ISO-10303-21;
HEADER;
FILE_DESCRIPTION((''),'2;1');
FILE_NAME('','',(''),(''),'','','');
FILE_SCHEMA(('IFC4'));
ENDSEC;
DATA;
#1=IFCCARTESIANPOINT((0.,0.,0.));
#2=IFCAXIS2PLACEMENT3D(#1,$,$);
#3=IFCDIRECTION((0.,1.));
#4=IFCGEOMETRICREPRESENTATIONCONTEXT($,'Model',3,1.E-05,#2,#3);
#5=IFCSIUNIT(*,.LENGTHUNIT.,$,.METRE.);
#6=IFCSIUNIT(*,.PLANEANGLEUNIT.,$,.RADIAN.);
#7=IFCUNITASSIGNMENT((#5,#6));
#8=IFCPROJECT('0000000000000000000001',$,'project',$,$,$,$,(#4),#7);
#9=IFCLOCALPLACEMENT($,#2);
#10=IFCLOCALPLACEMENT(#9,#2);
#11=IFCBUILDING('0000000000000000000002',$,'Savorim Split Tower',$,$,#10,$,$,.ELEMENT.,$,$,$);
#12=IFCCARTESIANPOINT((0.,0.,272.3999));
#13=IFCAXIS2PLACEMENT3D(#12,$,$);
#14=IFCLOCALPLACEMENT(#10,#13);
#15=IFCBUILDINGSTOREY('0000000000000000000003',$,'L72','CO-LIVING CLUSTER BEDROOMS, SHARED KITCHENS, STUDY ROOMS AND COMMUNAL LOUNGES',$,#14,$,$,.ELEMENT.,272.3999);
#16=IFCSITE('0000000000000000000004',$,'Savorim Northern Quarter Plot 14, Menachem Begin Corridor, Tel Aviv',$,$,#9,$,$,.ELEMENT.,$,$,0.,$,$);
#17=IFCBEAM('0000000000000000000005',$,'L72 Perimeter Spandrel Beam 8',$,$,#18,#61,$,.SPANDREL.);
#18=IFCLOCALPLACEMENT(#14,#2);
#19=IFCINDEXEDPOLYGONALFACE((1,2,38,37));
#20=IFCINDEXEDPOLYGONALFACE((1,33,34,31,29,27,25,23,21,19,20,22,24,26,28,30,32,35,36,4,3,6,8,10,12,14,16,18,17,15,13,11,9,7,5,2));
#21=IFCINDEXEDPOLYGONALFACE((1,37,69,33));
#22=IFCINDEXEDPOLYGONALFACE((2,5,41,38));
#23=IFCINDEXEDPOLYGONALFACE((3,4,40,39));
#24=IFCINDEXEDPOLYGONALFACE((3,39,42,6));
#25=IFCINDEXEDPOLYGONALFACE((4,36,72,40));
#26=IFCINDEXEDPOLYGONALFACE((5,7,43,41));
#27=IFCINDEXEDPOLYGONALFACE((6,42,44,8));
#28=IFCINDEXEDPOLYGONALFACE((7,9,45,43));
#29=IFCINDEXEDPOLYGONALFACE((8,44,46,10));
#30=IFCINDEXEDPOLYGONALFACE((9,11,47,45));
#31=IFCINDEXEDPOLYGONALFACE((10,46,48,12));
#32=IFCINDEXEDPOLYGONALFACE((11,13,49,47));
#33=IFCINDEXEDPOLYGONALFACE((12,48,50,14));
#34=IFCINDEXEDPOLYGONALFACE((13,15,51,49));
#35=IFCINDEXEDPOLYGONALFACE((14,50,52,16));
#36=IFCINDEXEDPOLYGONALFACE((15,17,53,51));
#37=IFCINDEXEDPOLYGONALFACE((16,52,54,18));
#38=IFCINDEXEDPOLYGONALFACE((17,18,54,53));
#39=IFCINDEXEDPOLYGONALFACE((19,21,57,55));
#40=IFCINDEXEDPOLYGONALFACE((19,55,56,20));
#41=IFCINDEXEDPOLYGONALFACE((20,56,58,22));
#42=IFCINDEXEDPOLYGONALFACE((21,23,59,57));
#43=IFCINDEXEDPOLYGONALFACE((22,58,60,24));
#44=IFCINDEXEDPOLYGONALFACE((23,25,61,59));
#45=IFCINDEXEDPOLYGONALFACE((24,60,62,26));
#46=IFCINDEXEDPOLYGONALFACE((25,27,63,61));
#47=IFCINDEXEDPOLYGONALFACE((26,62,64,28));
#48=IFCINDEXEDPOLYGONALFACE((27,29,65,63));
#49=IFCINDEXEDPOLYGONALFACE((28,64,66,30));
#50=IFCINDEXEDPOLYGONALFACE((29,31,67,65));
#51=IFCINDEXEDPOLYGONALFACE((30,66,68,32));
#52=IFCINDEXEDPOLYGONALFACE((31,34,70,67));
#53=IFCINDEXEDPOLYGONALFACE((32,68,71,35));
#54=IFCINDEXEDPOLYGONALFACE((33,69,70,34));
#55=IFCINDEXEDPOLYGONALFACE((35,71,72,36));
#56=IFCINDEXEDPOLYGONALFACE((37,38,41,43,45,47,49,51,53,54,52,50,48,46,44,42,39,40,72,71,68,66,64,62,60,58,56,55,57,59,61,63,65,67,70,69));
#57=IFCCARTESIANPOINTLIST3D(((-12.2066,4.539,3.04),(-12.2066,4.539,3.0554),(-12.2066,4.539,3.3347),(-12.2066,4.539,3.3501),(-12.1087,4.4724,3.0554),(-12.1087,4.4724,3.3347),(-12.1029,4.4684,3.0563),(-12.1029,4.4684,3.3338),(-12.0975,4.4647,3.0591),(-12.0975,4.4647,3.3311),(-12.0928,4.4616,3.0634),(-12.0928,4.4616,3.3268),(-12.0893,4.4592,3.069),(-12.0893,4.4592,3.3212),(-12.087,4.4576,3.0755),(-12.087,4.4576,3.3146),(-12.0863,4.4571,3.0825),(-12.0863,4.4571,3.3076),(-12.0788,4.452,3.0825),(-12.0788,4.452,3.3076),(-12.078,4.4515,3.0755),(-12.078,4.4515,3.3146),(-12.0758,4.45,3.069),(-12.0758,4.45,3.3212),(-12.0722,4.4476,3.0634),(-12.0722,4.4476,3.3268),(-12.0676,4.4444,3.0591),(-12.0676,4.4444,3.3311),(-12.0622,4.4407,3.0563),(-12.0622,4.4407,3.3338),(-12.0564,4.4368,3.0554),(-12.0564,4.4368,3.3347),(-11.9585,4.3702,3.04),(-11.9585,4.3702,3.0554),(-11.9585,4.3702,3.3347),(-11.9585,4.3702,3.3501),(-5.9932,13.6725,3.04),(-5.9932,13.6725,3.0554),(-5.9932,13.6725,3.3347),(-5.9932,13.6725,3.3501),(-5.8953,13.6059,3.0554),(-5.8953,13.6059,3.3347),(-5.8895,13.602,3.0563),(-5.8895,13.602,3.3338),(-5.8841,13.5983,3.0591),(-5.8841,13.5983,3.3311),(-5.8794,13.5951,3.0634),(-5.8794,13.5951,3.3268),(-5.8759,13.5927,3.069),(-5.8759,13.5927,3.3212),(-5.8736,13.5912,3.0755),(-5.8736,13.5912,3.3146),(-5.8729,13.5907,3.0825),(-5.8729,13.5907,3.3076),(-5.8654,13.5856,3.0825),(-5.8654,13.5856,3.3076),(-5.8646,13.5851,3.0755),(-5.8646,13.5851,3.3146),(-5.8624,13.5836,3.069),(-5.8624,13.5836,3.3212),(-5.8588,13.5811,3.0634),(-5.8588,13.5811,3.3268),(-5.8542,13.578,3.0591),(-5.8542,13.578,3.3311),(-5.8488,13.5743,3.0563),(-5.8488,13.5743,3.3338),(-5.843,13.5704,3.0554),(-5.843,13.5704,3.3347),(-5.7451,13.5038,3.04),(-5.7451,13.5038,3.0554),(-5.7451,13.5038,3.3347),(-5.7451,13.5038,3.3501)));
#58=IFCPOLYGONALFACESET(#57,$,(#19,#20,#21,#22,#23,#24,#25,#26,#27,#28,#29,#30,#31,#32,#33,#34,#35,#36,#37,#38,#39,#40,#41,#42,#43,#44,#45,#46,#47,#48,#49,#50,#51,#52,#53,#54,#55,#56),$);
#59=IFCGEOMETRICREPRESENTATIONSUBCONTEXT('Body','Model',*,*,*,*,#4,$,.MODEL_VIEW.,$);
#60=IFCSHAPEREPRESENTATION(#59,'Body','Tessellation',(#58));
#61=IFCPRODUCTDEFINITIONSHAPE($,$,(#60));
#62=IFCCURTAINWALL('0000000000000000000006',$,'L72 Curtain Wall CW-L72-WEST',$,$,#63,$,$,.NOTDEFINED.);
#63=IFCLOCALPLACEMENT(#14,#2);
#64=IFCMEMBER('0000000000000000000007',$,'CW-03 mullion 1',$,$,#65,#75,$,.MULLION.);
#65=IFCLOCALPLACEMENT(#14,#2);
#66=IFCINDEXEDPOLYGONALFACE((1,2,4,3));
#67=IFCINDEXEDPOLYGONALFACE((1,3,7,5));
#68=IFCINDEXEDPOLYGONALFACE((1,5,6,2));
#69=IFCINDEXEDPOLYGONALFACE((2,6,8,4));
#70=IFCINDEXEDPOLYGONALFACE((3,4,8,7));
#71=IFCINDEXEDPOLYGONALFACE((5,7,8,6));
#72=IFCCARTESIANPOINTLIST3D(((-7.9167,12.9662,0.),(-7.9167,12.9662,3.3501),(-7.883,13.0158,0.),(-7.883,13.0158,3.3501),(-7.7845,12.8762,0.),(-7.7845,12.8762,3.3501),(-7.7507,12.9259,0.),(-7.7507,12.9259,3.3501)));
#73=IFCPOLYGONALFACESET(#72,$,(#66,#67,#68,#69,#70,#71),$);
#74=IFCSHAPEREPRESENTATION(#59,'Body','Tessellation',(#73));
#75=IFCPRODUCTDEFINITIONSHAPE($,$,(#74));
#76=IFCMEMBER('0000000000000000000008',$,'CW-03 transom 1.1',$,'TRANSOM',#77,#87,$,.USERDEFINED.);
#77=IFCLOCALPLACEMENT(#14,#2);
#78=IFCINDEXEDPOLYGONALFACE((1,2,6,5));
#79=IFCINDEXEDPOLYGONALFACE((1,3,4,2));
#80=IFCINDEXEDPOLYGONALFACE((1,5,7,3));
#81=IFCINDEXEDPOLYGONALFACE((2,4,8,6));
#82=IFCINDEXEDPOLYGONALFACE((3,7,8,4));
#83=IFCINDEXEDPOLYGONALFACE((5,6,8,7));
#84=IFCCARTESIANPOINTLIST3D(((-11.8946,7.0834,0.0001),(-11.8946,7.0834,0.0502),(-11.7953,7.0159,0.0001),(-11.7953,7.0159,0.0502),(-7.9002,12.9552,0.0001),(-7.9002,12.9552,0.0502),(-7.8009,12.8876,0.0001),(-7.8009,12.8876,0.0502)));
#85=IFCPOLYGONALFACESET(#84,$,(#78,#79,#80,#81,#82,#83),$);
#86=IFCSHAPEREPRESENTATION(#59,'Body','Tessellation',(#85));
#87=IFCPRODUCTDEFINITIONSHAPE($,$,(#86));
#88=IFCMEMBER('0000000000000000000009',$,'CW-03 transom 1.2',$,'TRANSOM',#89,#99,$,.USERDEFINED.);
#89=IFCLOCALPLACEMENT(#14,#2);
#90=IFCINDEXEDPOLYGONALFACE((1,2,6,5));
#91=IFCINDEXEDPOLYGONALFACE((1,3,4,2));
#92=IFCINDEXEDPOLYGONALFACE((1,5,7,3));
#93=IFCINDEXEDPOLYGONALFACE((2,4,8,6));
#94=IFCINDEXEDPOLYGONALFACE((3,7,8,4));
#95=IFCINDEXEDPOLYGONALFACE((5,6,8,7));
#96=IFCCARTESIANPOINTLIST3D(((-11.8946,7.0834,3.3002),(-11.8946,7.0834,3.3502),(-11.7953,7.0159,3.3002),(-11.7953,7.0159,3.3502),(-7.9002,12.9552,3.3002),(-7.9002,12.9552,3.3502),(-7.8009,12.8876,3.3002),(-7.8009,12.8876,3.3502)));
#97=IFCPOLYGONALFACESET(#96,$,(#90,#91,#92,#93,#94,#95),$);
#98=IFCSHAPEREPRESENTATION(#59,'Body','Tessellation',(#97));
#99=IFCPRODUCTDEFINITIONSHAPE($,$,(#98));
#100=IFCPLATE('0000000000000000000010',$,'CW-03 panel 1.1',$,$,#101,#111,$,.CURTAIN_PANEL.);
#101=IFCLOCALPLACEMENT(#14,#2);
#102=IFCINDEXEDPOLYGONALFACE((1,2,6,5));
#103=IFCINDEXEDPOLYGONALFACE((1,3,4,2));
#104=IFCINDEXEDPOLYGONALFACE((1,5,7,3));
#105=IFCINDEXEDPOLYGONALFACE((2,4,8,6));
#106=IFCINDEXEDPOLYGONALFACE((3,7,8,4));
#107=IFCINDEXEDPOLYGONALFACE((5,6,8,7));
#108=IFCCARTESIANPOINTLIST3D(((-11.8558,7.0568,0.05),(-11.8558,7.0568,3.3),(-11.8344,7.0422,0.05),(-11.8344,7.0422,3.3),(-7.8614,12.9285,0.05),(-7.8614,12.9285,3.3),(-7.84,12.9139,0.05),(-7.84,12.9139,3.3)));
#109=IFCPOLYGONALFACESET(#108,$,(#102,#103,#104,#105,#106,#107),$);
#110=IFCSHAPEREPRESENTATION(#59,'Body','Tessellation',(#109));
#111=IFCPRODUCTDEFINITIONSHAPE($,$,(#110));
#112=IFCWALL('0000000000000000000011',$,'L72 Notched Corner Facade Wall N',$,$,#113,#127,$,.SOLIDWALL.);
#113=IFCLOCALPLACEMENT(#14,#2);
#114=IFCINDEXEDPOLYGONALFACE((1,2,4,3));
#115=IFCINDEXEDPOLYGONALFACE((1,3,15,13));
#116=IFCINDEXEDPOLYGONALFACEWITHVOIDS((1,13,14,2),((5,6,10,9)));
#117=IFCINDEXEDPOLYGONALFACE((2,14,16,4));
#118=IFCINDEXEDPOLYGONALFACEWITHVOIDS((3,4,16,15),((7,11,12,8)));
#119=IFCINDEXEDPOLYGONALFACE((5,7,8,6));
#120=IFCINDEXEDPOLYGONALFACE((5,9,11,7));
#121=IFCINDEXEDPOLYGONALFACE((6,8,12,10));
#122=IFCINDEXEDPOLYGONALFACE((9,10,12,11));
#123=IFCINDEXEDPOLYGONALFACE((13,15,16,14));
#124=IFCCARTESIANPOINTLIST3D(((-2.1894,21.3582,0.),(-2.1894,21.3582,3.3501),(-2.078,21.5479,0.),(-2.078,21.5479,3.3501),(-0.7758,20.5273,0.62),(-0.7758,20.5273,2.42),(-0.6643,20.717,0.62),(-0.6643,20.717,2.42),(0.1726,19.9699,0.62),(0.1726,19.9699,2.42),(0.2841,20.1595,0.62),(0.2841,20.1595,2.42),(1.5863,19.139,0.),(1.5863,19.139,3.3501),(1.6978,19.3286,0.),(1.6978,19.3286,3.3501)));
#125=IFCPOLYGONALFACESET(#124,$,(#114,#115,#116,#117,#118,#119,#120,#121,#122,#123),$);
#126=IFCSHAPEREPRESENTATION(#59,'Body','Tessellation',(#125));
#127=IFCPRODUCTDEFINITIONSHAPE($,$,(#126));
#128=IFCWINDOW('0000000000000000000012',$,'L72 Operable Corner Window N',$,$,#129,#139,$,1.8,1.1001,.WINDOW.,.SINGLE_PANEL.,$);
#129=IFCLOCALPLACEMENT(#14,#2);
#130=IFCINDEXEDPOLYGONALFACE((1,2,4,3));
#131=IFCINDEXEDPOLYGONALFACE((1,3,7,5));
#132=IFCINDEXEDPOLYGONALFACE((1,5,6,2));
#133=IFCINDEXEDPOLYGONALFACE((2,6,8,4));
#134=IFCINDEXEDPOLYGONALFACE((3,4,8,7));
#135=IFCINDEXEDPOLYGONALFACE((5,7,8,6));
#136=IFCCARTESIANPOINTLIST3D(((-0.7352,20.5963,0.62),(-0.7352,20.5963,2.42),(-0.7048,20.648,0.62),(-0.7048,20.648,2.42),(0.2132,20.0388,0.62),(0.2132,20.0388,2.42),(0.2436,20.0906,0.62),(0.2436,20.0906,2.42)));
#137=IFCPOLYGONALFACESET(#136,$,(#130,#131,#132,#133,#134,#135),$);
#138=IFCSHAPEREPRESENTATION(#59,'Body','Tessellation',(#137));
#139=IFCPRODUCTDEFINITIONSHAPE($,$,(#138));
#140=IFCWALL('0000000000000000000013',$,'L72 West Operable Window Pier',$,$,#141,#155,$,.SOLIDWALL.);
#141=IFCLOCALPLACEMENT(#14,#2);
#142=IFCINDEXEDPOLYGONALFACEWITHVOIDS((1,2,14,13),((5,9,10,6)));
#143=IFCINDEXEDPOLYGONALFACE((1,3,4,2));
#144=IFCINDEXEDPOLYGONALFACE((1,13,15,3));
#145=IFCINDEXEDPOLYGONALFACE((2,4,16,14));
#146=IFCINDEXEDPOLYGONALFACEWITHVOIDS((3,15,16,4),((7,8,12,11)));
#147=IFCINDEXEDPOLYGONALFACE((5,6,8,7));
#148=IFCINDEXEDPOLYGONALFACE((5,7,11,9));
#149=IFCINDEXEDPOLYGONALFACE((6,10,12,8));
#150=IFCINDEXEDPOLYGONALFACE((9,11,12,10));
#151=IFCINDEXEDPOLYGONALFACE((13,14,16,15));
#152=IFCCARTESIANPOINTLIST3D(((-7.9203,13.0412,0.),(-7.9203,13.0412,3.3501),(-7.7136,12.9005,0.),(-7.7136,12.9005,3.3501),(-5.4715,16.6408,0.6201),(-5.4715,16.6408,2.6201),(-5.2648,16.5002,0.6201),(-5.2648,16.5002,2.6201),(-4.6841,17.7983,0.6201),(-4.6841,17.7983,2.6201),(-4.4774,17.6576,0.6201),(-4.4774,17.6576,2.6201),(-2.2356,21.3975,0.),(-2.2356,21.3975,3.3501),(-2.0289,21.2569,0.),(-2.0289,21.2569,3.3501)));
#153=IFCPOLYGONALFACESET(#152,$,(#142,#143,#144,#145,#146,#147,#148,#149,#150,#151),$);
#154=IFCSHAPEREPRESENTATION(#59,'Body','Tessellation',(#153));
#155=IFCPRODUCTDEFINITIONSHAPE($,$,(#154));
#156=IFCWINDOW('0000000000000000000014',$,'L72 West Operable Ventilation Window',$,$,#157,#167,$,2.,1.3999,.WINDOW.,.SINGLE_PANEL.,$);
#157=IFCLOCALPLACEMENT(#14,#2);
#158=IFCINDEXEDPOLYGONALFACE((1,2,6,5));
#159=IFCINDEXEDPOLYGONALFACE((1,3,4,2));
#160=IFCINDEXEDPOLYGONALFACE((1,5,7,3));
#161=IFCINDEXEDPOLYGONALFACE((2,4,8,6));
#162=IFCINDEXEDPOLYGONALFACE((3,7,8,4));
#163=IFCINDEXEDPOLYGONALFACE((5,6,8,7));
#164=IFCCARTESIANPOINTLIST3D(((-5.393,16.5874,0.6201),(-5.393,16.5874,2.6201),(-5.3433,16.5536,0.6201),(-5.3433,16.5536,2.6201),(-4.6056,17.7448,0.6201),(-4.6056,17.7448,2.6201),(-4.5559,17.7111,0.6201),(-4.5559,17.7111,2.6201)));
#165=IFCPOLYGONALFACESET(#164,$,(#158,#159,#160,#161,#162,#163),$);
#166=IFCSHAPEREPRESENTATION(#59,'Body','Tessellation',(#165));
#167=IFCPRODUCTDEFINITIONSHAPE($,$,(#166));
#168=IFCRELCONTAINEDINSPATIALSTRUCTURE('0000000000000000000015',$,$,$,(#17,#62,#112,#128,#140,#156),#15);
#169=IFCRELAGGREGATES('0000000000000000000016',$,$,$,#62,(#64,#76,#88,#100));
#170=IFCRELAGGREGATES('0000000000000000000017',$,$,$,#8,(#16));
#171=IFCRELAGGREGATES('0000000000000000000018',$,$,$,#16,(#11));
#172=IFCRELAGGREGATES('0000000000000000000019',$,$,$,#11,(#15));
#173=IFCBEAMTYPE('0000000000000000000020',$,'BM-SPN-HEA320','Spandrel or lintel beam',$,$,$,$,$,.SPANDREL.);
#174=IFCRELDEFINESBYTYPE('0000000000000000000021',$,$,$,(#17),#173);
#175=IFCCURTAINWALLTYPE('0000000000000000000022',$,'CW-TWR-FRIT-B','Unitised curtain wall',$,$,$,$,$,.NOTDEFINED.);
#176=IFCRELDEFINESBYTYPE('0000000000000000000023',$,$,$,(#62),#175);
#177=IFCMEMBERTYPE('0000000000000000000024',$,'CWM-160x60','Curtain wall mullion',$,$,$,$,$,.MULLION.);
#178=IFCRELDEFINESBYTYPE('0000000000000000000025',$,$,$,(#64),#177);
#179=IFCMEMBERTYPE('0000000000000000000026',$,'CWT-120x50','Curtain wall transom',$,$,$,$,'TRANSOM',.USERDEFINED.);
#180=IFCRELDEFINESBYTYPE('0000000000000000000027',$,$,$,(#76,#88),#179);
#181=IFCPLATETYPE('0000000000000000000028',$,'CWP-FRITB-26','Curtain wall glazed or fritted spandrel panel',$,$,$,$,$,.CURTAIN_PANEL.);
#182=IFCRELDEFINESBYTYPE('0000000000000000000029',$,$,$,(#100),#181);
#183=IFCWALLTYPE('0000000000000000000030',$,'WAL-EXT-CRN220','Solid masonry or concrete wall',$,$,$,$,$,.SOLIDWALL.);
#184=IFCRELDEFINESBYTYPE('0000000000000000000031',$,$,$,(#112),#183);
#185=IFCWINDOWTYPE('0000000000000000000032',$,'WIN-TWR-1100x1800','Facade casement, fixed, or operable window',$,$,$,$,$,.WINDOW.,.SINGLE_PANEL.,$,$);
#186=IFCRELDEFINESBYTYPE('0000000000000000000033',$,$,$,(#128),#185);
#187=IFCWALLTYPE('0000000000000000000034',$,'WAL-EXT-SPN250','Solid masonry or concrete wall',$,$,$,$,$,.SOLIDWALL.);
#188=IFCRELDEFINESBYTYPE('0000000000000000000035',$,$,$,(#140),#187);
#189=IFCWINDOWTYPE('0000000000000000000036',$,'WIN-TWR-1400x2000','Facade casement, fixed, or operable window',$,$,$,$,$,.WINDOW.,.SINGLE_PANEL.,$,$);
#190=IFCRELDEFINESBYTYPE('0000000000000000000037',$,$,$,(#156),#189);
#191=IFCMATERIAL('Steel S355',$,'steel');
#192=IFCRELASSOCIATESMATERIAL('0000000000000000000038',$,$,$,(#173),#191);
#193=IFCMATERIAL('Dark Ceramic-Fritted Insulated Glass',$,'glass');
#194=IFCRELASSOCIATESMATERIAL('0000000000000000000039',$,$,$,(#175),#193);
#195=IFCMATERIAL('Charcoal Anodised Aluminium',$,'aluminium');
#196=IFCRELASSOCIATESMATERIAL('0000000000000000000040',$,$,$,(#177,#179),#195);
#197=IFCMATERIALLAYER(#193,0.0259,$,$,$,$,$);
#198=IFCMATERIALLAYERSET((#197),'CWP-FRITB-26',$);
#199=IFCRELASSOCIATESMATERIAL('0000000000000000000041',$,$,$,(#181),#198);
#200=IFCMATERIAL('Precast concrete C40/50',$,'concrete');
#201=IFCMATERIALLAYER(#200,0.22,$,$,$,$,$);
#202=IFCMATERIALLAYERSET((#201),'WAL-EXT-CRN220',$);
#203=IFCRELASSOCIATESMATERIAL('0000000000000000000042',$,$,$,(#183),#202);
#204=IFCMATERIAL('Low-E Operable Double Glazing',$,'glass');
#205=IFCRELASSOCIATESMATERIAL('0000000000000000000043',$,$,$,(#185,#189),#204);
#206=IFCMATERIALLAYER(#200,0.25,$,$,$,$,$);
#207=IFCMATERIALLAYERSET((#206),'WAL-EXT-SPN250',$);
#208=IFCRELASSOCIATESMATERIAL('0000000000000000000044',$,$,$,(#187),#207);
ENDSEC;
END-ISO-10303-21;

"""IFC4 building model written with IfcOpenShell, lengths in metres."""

from ifc_helpers import new_model, si_unit, direction, frame, frame_2d, origin, origin_2d, place, context, subcontext, project, spatial, rectangle, i_section, extrude, material, layer, layer_set, material_profile, profile_set, type_object, element, fill, aggregate, save


model = new_model("IFC4")

# Units and contexts
model_context = context("Model", 3, precision=1e-05, world=origin(), true_north=direction((0.0, 1.0)))
body_context = subcontext(model_context, "Body", "Model", "MODEL_VIEW")
ifc_project = project(units=[si_unit("LENGTHUNIT", "METRE"), si_unit("PLANEANGLEUNIT", "RADIAN")], contexts=[model_context])

# Site, building, storey
site_placement = place(None, origin())
site = spatial("IfcSite", under=ifc_project, at=site_placement, Name="Savorim Northern Quarter Plot 14, Menachem Begin Corridor, Tel Aviv", CompositionType="ELEMENT", RefElevation=0.0)
building_placement = place(site_placement, origin())
building = spatial("IfcBuilding", under=site, at=building_placement, Name="Savorim Split Tower", CompositionType="ELEMENT")
storey_placement = place(building_placement, frame((0.0, 0.0, 272.3999)))
storey = spatial("IfcBuildingStorey", under=building, at=storey_placement, Name="L72", Description="CO-LIVING CLUSTER BEDROOMS, SHARED KITCHENS, STUDY ROOMS AND COMMUNAL LOUNGES", CompositionType="ELEMENT", Elevation=272.3999)

# Shared definitions
ifc_material_1 = material(Name="Steel S355", Category="steel")

# Beam
ifc_material_profile_1 = material_profile(ifc_material_1, i_section(OverallWidth=0.3, OverallDepth=0.3101, WebThickness=0.009, FlangeThickness=0.0154, FilletRadius=0.0271, at=origin_2d()), Name="HEA 320")
ifc_profile_set_1 = profile_set([ifc_material_profile_1], Name="Steel S355")
beam_type_1 = type_object("IfcBeamType", Name="BM-SPN-HEA320", Description="Spandrel or lintel beam", PredefinedType="SPANDREL", material=ifc_profile_set_1)
beam_1_placement = place(storey_placement, frame((-5.8691, 13.5881, 3.1951), z_axis=(-0.562469, -0.826818, 0.0), x_axis=(0.826818, -0.562469, 0.0)))
element("IfcBeam", 1, at=beam_1_placement, inside=storey, type_object=beam_type_1, Name="L72 Perimeter Spandrel Beam 8", PredefinedType="SPANDREL", context=body_context, shape_type="SweptSolid", body=[
    extrude(i_section(OverallWidth=0.3, OverallDepth=0.3101, WebThickness=0.009, FlangeThickness=0.0154, FilletRadius=0.0271, at=origin_2d()), origin(), (0.0, 0.0, 1.0), 11.0466),
])

# Curtain wall, members, plate
ifc_material_2 = material(Name="Dark Ceramic-Fritted Insulated Glass", Category="glass")
curtain_wall_type = type_object("IfcCurtainWallType", Name="CW-TWR-FRIT-B", Description="Unitised curtain wall", PredefinedType="NOTDEFINED", material=ifc_material_2)
curtain_wall_placement = place(storey_placement, origin())
curtain_wall = element("IfcCurtainWall", 2, at=curtain_wall_placement, inside=storey, type_object=curtain_wall_type, Name="L72 Curtain Wall CW-L72-WEST", PredefinedType="NOTDEFINED")
ifc_material_3 = material(Name="Charcoal Anodised Aluminium", Category="aluminium")
ifc_material_profile_2 = material_profile(ifc_material_3, rectangle(XDim=0.1599, YDim=0.0601, at=origin_2d()), Name="ALU-M 160x60")
ifc_profile_set_2 = profile_set([ifc_material_profile_2], Name="Charcoal Anodised Aluminium")
member_type_1 = type_object("IfcMemberType", Name="CWM-160x60", Description="Curtain wall mullion", PredefinedType="MULLION", material=ifc_profile_set_2)
member_1_placement = place(storey_placement, frame((-7.8337, 12.946, 0.0), z_axis=(0.0, 0.0, 1.0), x_axis=(0.826817, -0.56247, 0.0)))
member_1 = element("IfcMember", 3, at=member_1_placement, type_object=member_type_1, Name="CW-03 mullion 1", PredefinedType="MULLION", context=body_context, shape_type="SweptSolid", body=[
    extrude(rectangle(XDim=0.1599, YDim=0.0601, at=origin_2d()), origin(), (0.0, 0.0, 1.0), 3.3501),
])
ifc_material_profile_3 = material_profile(ifc_material_3, rectangle(XDim=0.1201, YDim=0.05, at=origin_2d()), Name="ALU-T 120x50")
ifc_profile_set_3 = profile_set([ifc_material_profile_3], Name="Charcoal Anodised Aluminium")
member_type_2 = type_object("IfcMemberType", Name="CWT-120x50", Description="Curtain wall transom", ElementType="TRANSOM", PredefinedType="USERDEFINED", material=ifc_profile_set_3)
member_2_placement = place(storey_placement, frame((-7.8506, 12.9214, 0.0251), z_axis=(-0.562459, -0.826825, 0.0), x_axis=(0.826825, -0.562459, 0.0)))
member_2 = element("IfcMember", 4, at=member_2_placement, type_object=member_type_2, Name="CW-03 transom 1.1", ObjectType="TRANSOM", PredefinedType="USERDEFINED", context=body_context, shape_type="SweptSolid", body=[
    extrude(rectangle(XDim=0.1201, YDim=0.05, at=origin_2d()), origin(), (0.0, 0.0, 1.0), 7.1016),
])
member_3_placement = place(storey_placement, frame((-7.8506, 12.9214, 3.3252), z_axis=(-0.562459, -0.826825, 0.0), x_axis=(0.826825, -0.562459, 0.0)))
member_3 = element("IfcMember", 5, at=member_3_placement, type_object=member_type_2, Name="CW-03 transom 1.2", ObjectType="TRANSOM", PredefinedType="USERDEFINED", context=body_context, shape_type="SweptSolid", body=[
    extrude(rectangle(XDim=0.1201, YDim=0.05, at=origin_2d()), origin(), (0.0, 0.0, 1.0), 7.1016),
])
ifc_layer_1 = layer(ifc_material_2, 0.0259)
ifc_layer_set_1 = layer_set([ifc_layer_1], Name="CWP-FRITB-26")
plate_type = type_object("IfcPlateType", Name="CWP-FRITB-26", Description="Curtain wall glazed or fritted spandrel panel", PredefinedType="CURTAIN_PANEL", material=ifc_layer_set_1)
plate_placement = place(storey_placement, frame((-9.8479, 9.9854, 0.05), z_axis=(0.0, 0.0, 1.0), x_axis=(-0.56247, -0.826817, 0.0)))
plate = element("IfcPlate", 6, at=plate_placement, type_object=plate_type, Name="CW-03 panel 1.1", PredefinedType="CURTAIN_PANEL", context=body_context, shape_type="SweptSolid", body=[
    extrude(rectangle(XDim=7.1016, YDim=0.0259, at=origin_2d()), origin(), (0.0, 0.0, 1.0), 3.25),
])
aggregate(curtain_wall, [member_1, member_2, member_3, plate])

# Walls, openings, windows
ifc_material_4 = material(Name="Precast concrete C40/50", Category="concrete")
ifc_layer_2 = layer(ifc_material_4, 0.22)
ifc_layer_set_2 = layer_set([ifc_layer_2], Name="WAL-EXT-CRN220")
wall_type_1 = type_object("IfcWallType", Name="WAL-EXT-CRN220", Description="Solid masonry or concrete wall", PredefinedType="SOLIDWALL", material=ifc_layer_set_2)
wall_1_placement = place(storey_placement, frame((-2.1338, 21.4531, 0.0), z_axis=(0.0, 0.0, 1.0), x_axis=(0.862106, -0.506728, 0.0)))
wall_1 = element("IfcWall", 7, at=wall_1_placement, inside=storey, type_object=wall_type_1, Name="L72 Notched Corner Facade Wall N", PredefinedType="SOLIDWALL", context=body_context, shape_type="SweptSolid", body=[
    extrude(rectangle(XDim=4.3796, YDim=0.22, at=frame_2d((2.1899, 0.0))), origin(), (0.0, 0.0, 1.0), 3.3501),
])
opening_1_placement = place(wall_1_placement, frame((1.6399, 0.0, 0.6201)))
opening_1 = element("IfcOpeningElement", 8, at=opening_1_placement, cuts=wall_1, PredefinedType="OPENING", context=body_context, shape_type="SweptSolid", body=[
    extrude(rectangle(XDim=1.1001, YDim=1.8, at=frame_2d((0.55, 0.8999))), frame((0.0, 0.1199, 0.0), z_axis=(0.0, -1.0, 0.0), x_axis=(1.0, 0.0, 0.0)), (0.0, 0.0, 1.0), 0.24),
])
ifc_material_5 = material(Name="Low-E Operable Double Glazing", Category="glass")
window_type_1 = type_object("IfcWindowType", Name="WIN-TWR-1100x1800", Description="Facade casement, fixed, or operable window", PartitioningType="SINGLE_PANEL", PredefinedType="WINDOW", material=ifc_material_5)
window_1_placement = place(opening_1_placement, origin())
window_1 = element("IfcWindow", 9, at=window_1_placement, inside=storey, type_object=window_type_1, Name="L72 Operable Corner Window N", OverallHeight=1.8, OverallWidth=1.1001, PartitioningType="SINGLE_PANEL", PredefinedType="WINDOW", context=body_context, shape_type="SweptSolid", body=[
    extrude(rectangle(XDim=1.1001, YDim=1.8, at=frame_2d((0.55, 0.8999))), frame((0.0, 0.03, 0.0), z_axis=(0.0, -1.0, 0.0), x_axis=(1.0, 0.0, 0.0)), (0.0, 0.0, 1.0), 0.0601),
])
fill(opening_1, window_1)
ifc_layer_3 = layer(ifc_material_4, 0.25)
ifc_layer_set_3 = layer_set([ifc_layer_3], Name="WAL-EXT-SPN250")
wall_type_2 = type_object("IfcWallType", Name="WAL-EXT-SPN250", Description="Solid masonry or concrete wall", PredefinedType="SOLIDWALL", material=ifc_layer_set_3)
wall_2_placement = place(storey_placement, frame((-7.8169, 12.9709, 0.0), z_axis=(0.0, 0.0, 1.0), x_axis=(0.562475, 0.826815, 0.0)))
wall_2 = element("IfcWall", 10, at=wall_2_placement, inside=storey, type_object=wall_type_2, Name="L72 West Operable Window Pier", PredefinedType="SOLIDWALL", context=body_context, shape_type="SweptSolid", body=[
    extrude(rectangle(XDim=10.1067, YDim=0.25, at=frame_2d((5.0532, 0.0))), origin(), (0.0, 0.0, 1.0), 3.3501),
])
opening_2_placement = place(wall_2_placement, frame((4.3535, 0.0, 0.6201)))
opening_2 = element("IfcOpeningElement", 11, at=opening_2_placement, cuts=wall_2, PredefinedType="OPENING", context=body_context, shape_type="SweptSolid", body=[
    extrude(rectangle(XDim=1.3999, YDim=2.0, at=frame_2d((0.7, 1.0))), frame((0.0, 0.135, 0.0), z_axis=(0.0, -1.0, 0.0), x_axis=(1.0, 0.0, 0.0)), (0.0, 0.0, 1.0), 0.27),
])
window_type_2 = type_object("IfcWindowType", Name="WIN-TWR-1400x2000", Description="Facade casement, fixed, or operable window", PartitioningType="SINGLE_PANEL", PredefinedType="WINDOW", material=ifc_material_5)
window_2_placement = place(opening_2_placement, origin())
window_2 = element("IfcWindow", 12, at=window_2_placement, inside=storey, type_object=window_type_2, Name="L72 West Operable Ventilation Window", OverallHeight=2.0, OverallWidth=1.3999, PartitioningType="SINGLE_PANEL", PredefinedType="WINDOW", context=body_context, shape_type="SweptSolid", body=[
    extrude(rectangle(XDim=1.3999, YDim=2.0, at=frame_2d((0.7, 1.0))), frame((0.0, 0.03, 0.0), z_axis=(0.0, -1.0, 0.0), x_axis=(1.0, 0.0, 0.0)), (0.0, 0.0, 1.0), 0.0601),
])
fill(opening_2, window_2)

save(model, "model.ifc")
